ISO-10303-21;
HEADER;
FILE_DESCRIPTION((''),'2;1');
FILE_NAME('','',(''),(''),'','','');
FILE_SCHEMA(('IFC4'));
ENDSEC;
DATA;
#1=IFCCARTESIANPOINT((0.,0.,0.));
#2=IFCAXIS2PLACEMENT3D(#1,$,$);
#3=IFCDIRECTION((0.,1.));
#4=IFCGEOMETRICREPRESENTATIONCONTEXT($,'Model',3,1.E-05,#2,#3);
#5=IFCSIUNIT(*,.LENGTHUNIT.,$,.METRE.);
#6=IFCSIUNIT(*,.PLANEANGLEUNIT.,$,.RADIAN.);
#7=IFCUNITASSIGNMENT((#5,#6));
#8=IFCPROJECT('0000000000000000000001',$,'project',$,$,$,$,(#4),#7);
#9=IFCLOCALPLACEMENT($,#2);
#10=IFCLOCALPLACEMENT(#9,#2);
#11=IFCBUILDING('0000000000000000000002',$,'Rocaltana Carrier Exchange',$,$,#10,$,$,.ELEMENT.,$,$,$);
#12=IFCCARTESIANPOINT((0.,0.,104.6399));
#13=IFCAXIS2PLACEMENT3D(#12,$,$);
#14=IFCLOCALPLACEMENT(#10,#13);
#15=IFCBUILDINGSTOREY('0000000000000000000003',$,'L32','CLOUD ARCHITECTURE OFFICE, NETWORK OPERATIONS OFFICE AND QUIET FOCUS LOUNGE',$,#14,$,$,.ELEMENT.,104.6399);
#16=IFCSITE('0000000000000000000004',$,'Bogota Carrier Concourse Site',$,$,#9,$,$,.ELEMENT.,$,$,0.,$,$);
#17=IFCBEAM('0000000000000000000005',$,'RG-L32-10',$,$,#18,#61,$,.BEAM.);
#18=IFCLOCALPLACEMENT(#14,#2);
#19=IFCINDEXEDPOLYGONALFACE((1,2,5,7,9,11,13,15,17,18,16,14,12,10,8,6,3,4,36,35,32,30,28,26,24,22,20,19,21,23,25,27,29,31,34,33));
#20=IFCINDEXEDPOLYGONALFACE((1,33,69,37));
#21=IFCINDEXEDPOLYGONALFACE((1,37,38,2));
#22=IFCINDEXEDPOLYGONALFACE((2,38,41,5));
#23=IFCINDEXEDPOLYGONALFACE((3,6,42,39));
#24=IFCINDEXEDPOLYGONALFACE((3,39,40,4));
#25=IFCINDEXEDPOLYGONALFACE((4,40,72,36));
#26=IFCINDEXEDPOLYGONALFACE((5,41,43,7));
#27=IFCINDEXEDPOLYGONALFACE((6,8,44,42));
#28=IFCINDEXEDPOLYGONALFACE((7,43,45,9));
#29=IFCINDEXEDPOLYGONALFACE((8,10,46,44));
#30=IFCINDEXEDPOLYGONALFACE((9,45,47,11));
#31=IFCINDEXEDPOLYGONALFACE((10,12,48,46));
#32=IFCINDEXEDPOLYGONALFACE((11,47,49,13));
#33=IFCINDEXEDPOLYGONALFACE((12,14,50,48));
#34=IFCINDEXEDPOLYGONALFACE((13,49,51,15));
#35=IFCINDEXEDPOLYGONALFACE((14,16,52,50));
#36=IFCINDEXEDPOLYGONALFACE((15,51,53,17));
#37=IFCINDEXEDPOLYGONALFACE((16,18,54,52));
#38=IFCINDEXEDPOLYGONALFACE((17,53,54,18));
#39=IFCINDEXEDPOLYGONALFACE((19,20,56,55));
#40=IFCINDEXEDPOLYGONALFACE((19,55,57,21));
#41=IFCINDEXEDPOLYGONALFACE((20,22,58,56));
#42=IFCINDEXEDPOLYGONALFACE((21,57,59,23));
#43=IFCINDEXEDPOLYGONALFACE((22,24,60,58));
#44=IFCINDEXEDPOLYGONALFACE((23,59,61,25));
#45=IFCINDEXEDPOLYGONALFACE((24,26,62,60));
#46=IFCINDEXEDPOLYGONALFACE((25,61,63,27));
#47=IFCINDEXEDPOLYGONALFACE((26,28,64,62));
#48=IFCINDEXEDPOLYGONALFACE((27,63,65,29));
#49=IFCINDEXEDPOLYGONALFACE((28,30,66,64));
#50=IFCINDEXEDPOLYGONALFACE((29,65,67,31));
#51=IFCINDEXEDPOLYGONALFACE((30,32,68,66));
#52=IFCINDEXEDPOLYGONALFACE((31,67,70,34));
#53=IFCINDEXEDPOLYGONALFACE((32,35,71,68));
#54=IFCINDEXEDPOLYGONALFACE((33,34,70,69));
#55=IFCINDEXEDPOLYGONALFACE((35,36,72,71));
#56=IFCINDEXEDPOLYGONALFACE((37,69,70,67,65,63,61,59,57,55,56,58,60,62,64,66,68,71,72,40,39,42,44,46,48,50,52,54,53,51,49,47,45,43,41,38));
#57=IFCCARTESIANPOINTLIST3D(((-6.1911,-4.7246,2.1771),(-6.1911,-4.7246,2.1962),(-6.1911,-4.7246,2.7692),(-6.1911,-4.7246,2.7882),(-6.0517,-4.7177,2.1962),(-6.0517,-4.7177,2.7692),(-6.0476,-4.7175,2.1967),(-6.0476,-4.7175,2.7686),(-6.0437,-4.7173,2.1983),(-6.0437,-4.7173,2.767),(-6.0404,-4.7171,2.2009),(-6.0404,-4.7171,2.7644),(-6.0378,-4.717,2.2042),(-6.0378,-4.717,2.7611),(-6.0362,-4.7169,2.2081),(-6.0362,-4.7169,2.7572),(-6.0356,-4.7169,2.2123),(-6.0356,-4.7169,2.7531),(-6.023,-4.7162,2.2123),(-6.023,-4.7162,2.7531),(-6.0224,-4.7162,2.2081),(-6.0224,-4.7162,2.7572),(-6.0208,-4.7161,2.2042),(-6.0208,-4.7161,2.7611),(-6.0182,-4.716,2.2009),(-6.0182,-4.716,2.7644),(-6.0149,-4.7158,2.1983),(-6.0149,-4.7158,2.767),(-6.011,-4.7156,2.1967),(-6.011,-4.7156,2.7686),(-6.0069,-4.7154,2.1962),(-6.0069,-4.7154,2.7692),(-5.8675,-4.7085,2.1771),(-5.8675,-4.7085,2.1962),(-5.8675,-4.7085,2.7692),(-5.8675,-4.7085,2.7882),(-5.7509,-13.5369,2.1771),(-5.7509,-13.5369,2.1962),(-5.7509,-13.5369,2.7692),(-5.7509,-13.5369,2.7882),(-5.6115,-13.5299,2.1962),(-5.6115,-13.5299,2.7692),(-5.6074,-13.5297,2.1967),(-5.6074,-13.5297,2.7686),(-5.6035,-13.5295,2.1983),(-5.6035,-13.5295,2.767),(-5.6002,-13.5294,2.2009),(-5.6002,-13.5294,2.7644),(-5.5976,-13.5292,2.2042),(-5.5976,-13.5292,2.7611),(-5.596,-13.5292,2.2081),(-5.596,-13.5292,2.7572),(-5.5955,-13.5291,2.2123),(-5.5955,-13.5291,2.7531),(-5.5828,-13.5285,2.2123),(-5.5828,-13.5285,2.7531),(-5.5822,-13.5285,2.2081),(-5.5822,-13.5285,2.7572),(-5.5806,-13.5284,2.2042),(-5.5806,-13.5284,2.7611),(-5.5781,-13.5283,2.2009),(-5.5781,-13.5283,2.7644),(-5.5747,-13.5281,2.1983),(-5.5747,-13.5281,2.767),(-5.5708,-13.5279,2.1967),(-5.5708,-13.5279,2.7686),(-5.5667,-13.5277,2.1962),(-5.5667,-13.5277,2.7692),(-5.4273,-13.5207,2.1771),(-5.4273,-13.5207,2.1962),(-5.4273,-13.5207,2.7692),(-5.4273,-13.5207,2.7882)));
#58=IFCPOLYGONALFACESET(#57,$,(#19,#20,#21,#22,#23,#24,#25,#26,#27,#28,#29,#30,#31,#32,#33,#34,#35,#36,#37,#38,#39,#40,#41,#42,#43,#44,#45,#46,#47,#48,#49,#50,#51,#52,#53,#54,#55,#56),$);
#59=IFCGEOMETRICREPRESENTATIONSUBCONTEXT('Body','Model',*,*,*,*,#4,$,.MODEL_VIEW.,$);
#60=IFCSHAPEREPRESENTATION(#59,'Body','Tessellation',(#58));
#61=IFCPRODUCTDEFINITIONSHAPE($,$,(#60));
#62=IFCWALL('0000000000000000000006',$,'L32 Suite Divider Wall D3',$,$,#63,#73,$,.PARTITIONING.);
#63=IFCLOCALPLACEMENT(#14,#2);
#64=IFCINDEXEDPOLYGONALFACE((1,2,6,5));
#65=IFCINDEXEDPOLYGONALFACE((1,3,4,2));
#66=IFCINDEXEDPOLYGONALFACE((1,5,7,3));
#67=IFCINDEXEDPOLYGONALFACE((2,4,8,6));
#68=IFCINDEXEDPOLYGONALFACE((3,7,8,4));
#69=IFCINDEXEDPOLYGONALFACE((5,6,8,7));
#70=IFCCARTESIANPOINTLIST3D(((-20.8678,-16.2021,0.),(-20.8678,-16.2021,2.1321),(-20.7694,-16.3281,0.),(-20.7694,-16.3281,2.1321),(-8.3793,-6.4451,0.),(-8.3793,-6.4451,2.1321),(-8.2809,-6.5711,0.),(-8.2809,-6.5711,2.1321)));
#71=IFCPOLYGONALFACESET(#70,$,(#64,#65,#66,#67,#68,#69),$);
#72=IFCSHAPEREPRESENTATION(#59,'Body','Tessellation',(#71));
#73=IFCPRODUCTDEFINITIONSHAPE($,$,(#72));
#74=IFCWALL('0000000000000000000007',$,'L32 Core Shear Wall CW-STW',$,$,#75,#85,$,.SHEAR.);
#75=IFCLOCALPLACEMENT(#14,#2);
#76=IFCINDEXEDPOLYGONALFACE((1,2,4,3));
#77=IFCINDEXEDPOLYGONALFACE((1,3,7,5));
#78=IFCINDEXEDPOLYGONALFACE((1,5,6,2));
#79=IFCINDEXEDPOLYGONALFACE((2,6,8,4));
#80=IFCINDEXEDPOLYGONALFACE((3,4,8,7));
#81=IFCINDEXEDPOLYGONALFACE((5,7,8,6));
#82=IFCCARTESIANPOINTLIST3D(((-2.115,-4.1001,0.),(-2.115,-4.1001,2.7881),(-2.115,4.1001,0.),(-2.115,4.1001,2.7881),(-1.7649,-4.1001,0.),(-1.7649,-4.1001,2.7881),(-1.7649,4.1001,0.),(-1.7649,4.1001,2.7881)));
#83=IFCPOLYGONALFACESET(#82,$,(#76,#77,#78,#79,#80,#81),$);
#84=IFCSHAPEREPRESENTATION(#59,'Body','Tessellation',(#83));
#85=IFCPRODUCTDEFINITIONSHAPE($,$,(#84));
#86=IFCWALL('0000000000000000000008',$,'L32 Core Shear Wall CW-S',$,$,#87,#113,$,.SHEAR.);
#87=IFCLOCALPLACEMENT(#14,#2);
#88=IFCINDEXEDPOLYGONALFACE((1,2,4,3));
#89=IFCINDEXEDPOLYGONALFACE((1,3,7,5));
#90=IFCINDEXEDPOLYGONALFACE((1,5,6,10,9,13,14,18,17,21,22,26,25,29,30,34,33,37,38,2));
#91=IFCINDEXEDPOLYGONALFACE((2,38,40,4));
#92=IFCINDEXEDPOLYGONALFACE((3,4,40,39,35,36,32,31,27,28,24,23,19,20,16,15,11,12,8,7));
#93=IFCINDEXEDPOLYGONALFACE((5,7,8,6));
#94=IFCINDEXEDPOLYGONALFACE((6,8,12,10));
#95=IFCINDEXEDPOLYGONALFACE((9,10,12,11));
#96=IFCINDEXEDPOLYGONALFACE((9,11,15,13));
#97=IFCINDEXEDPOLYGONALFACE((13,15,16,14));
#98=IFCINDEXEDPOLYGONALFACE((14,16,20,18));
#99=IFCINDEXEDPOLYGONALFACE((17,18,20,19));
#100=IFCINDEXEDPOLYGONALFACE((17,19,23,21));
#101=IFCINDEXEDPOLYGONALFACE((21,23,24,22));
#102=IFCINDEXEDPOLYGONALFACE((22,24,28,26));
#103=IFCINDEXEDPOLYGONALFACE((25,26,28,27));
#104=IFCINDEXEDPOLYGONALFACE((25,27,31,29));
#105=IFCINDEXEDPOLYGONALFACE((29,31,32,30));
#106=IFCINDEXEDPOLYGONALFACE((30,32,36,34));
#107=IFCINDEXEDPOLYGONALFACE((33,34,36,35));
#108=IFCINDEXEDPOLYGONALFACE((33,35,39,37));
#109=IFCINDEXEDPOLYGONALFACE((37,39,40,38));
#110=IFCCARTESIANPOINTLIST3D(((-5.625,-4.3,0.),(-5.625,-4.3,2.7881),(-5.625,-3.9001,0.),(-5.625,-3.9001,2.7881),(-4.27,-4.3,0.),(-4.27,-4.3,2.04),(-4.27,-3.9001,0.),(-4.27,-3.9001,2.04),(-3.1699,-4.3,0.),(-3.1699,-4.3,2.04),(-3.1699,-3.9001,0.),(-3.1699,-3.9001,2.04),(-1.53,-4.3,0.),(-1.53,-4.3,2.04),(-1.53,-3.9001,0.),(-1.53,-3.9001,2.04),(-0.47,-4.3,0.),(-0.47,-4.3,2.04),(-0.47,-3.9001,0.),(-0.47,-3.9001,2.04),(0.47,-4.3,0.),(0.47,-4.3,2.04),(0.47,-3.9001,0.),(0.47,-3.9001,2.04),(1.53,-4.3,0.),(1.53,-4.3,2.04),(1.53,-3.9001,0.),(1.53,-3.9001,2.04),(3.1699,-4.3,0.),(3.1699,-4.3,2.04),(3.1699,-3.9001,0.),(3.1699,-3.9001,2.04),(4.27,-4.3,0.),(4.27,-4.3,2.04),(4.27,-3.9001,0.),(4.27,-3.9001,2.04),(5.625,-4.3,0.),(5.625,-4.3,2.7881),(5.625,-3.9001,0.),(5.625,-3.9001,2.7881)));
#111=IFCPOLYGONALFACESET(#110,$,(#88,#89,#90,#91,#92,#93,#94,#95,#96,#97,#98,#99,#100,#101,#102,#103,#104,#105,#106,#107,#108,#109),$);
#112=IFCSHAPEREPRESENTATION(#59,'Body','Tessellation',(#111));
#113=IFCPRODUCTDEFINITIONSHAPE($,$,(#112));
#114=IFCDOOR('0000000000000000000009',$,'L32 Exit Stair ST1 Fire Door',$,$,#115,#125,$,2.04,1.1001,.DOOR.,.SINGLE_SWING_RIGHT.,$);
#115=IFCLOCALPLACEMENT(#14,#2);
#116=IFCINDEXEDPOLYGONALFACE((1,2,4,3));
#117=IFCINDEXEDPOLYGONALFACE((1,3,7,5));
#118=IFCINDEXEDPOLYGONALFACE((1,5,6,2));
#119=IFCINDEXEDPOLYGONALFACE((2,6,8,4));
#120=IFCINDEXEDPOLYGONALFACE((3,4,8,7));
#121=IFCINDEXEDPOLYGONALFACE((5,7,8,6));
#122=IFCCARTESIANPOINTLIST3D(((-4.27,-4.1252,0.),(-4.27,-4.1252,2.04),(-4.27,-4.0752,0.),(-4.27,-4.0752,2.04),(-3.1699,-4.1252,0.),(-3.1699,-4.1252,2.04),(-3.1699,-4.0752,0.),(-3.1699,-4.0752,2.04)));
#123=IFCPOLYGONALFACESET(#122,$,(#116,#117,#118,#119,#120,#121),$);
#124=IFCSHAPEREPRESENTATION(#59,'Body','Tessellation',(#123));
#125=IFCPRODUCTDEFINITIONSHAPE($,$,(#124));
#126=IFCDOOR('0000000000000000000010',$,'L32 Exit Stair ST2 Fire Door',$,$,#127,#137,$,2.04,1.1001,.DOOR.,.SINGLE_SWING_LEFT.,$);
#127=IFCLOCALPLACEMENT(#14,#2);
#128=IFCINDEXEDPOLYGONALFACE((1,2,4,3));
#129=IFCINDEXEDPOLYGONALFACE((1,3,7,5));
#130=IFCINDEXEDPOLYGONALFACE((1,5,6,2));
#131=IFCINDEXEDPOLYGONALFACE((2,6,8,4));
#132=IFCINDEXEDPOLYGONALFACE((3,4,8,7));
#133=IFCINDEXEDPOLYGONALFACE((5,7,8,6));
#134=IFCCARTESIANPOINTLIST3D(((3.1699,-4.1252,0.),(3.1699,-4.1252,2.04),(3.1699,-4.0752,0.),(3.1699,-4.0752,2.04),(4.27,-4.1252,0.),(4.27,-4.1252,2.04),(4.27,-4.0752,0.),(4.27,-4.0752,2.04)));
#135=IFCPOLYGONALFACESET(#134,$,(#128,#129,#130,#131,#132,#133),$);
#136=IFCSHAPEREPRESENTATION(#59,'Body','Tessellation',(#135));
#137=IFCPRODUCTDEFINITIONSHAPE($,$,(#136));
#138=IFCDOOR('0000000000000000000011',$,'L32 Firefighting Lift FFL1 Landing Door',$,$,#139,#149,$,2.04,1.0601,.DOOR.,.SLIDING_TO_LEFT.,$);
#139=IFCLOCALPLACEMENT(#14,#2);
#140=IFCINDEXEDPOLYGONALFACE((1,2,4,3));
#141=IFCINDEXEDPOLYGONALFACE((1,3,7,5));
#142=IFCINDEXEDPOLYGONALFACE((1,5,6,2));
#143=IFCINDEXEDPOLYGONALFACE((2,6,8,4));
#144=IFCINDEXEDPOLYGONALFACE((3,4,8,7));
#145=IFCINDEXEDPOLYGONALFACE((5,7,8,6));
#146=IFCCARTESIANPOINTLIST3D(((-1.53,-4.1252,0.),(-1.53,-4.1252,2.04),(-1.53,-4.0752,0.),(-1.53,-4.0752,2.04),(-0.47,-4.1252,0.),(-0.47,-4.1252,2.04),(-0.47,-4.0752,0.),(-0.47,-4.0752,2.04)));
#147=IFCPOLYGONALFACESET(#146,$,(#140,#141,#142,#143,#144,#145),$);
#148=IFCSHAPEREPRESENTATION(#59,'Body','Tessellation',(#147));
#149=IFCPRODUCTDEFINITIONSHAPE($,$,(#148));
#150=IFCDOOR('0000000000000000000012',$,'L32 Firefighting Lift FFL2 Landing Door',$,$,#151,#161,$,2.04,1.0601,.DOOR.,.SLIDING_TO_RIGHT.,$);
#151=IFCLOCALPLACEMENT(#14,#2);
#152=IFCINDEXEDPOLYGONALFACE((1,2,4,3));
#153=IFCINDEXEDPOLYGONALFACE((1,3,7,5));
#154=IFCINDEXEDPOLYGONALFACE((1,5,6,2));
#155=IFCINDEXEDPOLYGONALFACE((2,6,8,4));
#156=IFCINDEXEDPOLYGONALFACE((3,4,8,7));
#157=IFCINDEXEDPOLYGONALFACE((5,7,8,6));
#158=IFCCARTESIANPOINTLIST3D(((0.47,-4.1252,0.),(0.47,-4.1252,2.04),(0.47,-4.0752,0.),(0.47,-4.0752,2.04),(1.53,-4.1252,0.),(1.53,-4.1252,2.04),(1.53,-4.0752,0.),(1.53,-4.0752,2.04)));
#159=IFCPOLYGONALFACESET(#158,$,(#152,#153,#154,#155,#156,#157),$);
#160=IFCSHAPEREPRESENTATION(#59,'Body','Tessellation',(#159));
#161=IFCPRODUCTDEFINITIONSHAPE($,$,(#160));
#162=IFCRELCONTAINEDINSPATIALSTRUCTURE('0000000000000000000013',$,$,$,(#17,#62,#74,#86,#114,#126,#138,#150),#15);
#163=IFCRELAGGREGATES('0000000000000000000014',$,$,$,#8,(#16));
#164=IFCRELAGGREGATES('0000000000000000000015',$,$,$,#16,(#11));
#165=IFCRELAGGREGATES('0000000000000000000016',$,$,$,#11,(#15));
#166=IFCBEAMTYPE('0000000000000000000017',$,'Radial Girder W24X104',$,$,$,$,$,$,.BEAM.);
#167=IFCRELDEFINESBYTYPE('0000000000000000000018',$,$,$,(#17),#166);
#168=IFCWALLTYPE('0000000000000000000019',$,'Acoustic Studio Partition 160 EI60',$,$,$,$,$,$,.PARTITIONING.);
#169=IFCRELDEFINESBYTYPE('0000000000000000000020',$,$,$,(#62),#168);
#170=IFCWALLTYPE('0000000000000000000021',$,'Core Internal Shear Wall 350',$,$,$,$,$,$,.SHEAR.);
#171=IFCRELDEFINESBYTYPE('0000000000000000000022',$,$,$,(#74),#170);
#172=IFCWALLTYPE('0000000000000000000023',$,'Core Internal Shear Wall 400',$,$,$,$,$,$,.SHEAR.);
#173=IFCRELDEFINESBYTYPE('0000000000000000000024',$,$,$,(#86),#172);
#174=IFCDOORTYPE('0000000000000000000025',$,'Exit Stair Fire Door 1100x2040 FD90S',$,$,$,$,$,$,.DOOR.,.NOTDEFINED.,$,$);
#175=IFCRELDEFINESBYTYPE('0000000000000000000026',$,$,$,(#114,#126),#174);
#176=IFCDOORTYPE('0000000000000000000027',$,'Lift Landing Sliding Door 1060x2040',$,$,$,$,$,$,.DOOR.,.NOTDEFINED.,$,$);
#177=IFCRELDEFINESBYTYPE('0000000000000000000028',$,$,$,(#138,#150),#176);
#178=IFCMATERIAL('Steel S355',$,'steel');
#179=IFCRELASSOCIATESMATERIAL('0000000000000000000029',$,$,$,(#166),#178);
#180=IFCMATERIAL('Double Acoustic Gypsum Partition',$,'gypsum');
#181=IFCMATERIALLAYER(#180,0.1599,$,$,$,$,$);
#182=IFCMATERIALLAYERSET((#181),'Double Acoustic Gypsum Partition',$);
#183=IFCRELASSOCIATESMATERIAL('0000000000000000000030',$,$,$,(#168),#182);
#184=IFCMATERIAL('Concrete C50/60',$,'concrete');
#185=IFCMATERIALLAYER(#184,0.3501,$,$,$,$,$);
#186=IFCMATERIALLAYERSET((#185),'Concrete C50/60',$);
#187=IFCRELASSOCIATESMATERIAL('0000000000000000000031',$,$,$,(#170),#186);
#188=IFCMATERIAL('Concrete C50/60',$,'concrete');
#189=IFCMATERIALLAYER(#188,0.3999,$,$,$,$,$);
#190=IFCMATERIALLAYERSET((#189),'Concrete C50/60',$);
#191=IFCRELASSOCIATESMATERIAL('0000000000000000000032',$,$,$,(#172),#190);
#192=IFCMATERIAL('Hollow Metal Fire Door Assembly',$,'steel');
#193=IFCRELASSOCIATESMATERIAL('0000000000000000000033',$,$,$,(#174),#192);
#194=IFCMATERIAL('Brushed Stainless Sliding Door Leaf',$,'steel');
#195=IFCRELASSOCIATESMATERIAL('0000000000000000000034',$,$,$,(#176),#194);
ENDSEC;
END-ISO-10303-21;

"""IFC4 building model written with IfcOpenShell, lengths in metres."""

from ifc_helpers import new_model, si_unit, direction, frame, frame_2d, origin, origin_2d, place, context, subcontext, project, spatial, rectangle, i_section, extrude, material, layer, layer_set, material_profile, profile_set, type_object, element, fill, save


model = new_model("IFC4")

# Units and contexts
model_context = context("Model", 3, precision=1e-05, world=origin(), true_north=direction((0.0, 1.0)))
body_context = subcontext(model_context, "Body", "Model", "MODEL_VIEW")
ifc_project = project(units=[si_unit("LENGTHUNIT", "METRE"), si_unit("PLANEANGLEUNIT", "RADIAN")], contexts=[model_context])

# Site, building, storey
site_placement = place(None, origin())
site = spatial("IfcSite", under=ifc_project, at=site_placement, Name="Bogota Carrier Concourse Site", CompositionType="ELEMENT", RefElevation=0.0)
building_placement = place(site_placement, origin())
building = spatial("IfcBuilding", under=site, at=building_placement, Name="Rocaltana Carrier Exchange", CompositionType="ELEMENT")
storey_placement = place(building_placement, frame((0.0, 0.0, 104.6399)))
storey = spatial("IfcBuildingStorey", under=building, at=storey_placement, Name="L32", Description="CLOUD ARCHITECTURE OFFICE, NETWORK OPERATIONS OFFICE AND QUIET FOCUS LOUNGE", CompositionType="ELEMENT", Elevation=104.6399)

# Beam
ifc_material_1 = material(Name="Steel S355", Category="steel")
ifc_material_profile_1 = material_profile(ifc_material_1, i_section(OverallWidth=0.324, OverallDepth=0.6111, WebThickness=0.0127, FlangeThickness=0.019, FilletRadius=0.0161, at=origin_2d()), Name="W24X104")
ifc_profile_set_1 = profile_set([ifc_material_profile_1], Name="Steel S355")
beam_type = type_object("IfcBeamType", Name="Radial Girder W24X104", PredefinedType="BEAM", material=ifc_profile_set_1)
beam_1_placement = place(storey_placement, frame((-6.0293, -4.7166, 2.4827), z_axis=(0.049889, -0.998755, 0.0), x_axis=(0.998755, 0.049889, 0.0)))
element("IfcBeam", 1, at=beam_1_placement, inside=storey, type_object=beam_type, Name="RG-L32-10", PredefinedType="BEAM", context=body_context, shape_type="SweptSolid", body=[
    extrude(i_section(OverallWidth=0.324, OverallDepth=0.6111, WebThickness=0.0127, FlangeThickness=0.019, FilletRadius=0.0161, at=origin_2d()), origin(), (0.0, 0.0, 1.0), 8.8232),
])

# Walls
ifc_material_2 = material(Name="Double Acoustic Gypsum Partition", Category="gypsum")
ifc_layer_1 = layer(ifc_material_2, 0.1599)
ifc_layer_set_1 = layer_set([ifc_layer_1], Name="Double Acoustic Gypsum Partition")
wall_type_1 = type_object("IfcWallType", Name="Acoustic Studio Partition 160 EI60", PredefinedType="PARTITIONING", material=ifc_layer_set_1)
wall_1_placement = place(storey_placement, frame((-8.3301, -6.5081, 0.0), z_axis=(0.0, 0.0, 1.0), x_axis=(-0.788012, -0.61566, 0.0)))
element("IfcWall", 2, at=wall_1_placement, inside=storey, type_object=wall_type_1, Name="L32 Suite Divider Wall D3", PredefinedType="PARTITIONING", context=body_context, shape_type="SweptSolid", body=[
    extrude(rectangle(XDim=15.8481, YDim=0.1599, at=frame_2d((7.9241, 0.0))), origin(), (0.0, 0.0, 1.0), 2.1321),
])
ifc_material_3 = material(Name="Concrete C50/60", Category="concrete")
ifc_layer_2 = layer(ifc_material_3, 0.3501)
ifc_layer_set_2 = layer_set([ifc_layer_2], Name="Concrete C50/60")
wall_type_2 = type_object("IfcWallType", Name="Core Internal Shear Wall 350", PredefinedType="SHEAR", material=ifc_layer_set_2)
wall_2_placement = place(storey_placement, frame((-1.9399, -4.1001, 0.0), z_axis=(0.0, 0.0, 1.0), x_axis=(0.0, 1.0, 0.0)))
element("IfcWall", 3, at=wall_2_placement, inside=storey, type_object=wall_type_2, Name="L32 Core Shear Wall CW-STW", PredefinedType="SHEAR", context=body_context, shape_type="SweptSolid", body=[
    extrude(rectangle(XDim=8.2002, YDim=0.3501, at=frame_2d((4.1001, 0.0))), origin(), (0.0, 0.0, 1.0), 2.7881),
])

# Wall, openings, doors
ifc_material_4 = material(Name="Concrete C50/60", Category="concrete")
ifc_layer_3 = layer(ifc_material_4, 0.3999)
ifc_layer_set_3 = layer_set([ifc_layer_3], Name="Concrete C50/60")
wall_type_3 = type_object("IfcWallType", Name="Core Internal Shear Wall 400", PredefinedType="SHEAR", material=ifc_layer_set_3)
wall_3_placement = place(storey_placement, frame((-5.625, -4.1001, 0.0), z_axis=(0.0, 0.0, 1.0), x_axis=(1.0, 0.0, 0.0)))
wall_3 = element("IfcWall", 4, at=wall_3_placement, inside=storey, type_object=wall_type_3, Name="L32 Core Shear Wall CW-S", PredefinedType="SHEAR", context=body_context, shape_type="SweptSolid", body=[
    extrude(rectangle(XDim=11.25, YDim=0.3999, at=frame_2d((5.625, 0.0))), origin(), (0.0, 0.0, 1.0), 2.7881),
])
opening_1_placement = place(wall_3_placement, frame((1.355, 0.0, 0.0)))
opening_1 = element("IfcOpeningElement", 5, at=opening_1_placement, cuts=wall_3, PredefinedType="OPENING", context=body_context, shape_type="SweptSolid", body=[
    extrude(rectangle(XDim=1.1001, YDim=2.04, at=frame_2d((0.55, 1.02))), frame((0.0, 0.21, 0.0), z_axis=(0.0, -1.0, 0.0), x_axis=(1.0, 0.0, 0.0)), (0.0, 0.0, 1.0), 0.4199),
])
opening_2_placement = place(wall_3_placement, frame((8.7949, 0.0, 0.0)))
opening_2 = element("IfcOpeningElement", 6, at=opening_2_placement, cuts=wall_3, PredefinedType="OPENING", context=body_context, shape_type="SweptSolid", body=[
    extrude(rectangle(XDim=1.1001, YDim=2.04, at=frame_2d((0.55, 1.02))), frame((0.0, 0.21, 0.0), z_axis=(0.0, -1.0, 0.0), x_axis=(1.0, 0.0, 0.0)), (0.0, 0.0, 1.0), 0.4199),
])
opening_3_placement = place(wall_3_placement, frame((4.095, 0.0, 0.0)))
opening_3 = element("IfcOpeningElement", 7, at=opening_3_placement, cuts=wall_3, PredefinedType="OPENING", context=body_context, shape_type="SweptSolid", body=[
    extrude(rectangle(XDim=1.0601, YDim=2.04, at=frame_2d((0.53, 1.02))), frame((0.0, 0.21, 0.0), z_axis=(0.0, -1.0, 0.0), x_axis=(1.0, 0.0, 0.0)), (0.0, 0.0, 1.0), 0.4199),
])
opening_4_placement = place(wall_3_placement, frame((6.095, 0.0, 0.0)))
opening_4 = element("IfcOpeningElement", 8, at=opening_4_placement, cuts=wall_3, PredefinedType="OPENING", context=body_context, shape_type="SweptSolid", body=[
    extrude(rectangle(XDim=1.0601, YDim=2.04, at=frame_2d((0.53, 1.02))), frame((0.0, 0.21, 0.0), z_axis=(0.0, -1.0, 0.0), x_axis=(1.0, 0.0, 0.0)), (0.0, 0.0, 1.0), 0.4199),
])
ifc_material_5 = material(Name="Hollow Metal Fire Door Assembly", Category="steel")
door_type_1 = type_object("IfcDoorType", Name="Exit Stair Fire Door 1100x2040 FD90S", OperationType="NOTDEFINED", PredefinedType="DOOR", material=ifc_material_5)
door_1_placement = place(opening_1_placement, origin())
door_1 = element("IfcDoor", 9, at=door_1_placement, inside=storey, type_object=door_type_1, Name="L32 Exit Stair ST1 Fire Door", OperationType="SINGLE_SWING_RIGHT", OverallHeight=2.04, OverallWidth=1.1001, PredefinedType="DOOR", context=body_context, shape_type="SweptSolid", body=[
    extrude(rectangle(XDim=1.1001, YDim=2.04, at=frame_2d((0.55, 1.02))), frame((0.0, 0.0249, 0.0), z_axis=(0.0, -1.0, 0.0), x_axis=(1.0, 0.0, 0.0)), (0.0, 0.0, 1.0), 0.05),
])
fill(opening_1, door_1)
door_2_placement = place(opening_2_placement, origin())
door_2 = element("IfcDoor", 10, at=door_2_placement, inside=storey, type_object=door_type_1, Name="L32 Exit Stair ST2 Fire Door", OperationType="SINGLE_SWING_LEFT", OverallHeight=2.04, OverallWidth=1.1001, PredefinedType="DOOR", context=body_context, shape_type="SweptSolid", body=[
    extrude(rectangle(XDim=1.1001, YDim=2.04, at=frame_2d((0.55, 1.02))), frame((0.0, 0.0249, 0.0), z_axis=(0.0, -1.0, 0.0), x_axis=(1.0, 0.0, 0.0)), (0.0, 0.0, 1.0), 0.05),
])
fill(opening_2, door_2)
ifc_material_6 = material(Name="Brushed Stainless Sliding Door Leaf", Category="steel")
door_type_2 = type_object("IfcDoorType", Name="Lift Landing Sliding Door 1060x2040", OperationType="NOTDEFINED", PredefinedType="DOOR", material=ifc_material_6)
door_3_placement = place(opening_3_placement, origin())
door_3 = element("IfcDoor", 11, at=door_3_placement, inside=storey, type_object=door_type_2, Name="L32 Firefighting Lift FFL1 Landing Door", OperationType="SLIDING_TO_LEFT", OverallHeight=2.04, OverallWidth=1.0601, PredefinedType="DOOR", context=body_context, shape_type="SweptSolid", body=[
    extrude(rectangle(XDim=1.0601, YDim=2.04, at=frame_2d((0.53, 1.02))), frame((0.0, 0.0249, 0.0), z_axis=(0.0, -1.0, 0.0), x_axis=(1.0, 0.0, 0.0)), (0.0, 0.0, 1.0), 0.05),
])
fill(opening_3, door_3)
door_4_placement = place(opening_4_placement, origin())
door_4 = element("IfcDoor", 12, at=door_4_placement, inside=storey, type_object=door_type_2, Name="L32 Firefighting Lift FFL2 Landing Door", OperationType="SLIDING_TO_RIGHT", OverallHeight=2.04, OverallWidth=1.0601, PredefinedType="DOOR", context=body_context, shape_type="SweptSolid", body=[
    extrude(rectangle(XDim=1.0601, YDim=2.04, at=frame_2d((0.53, 1.02))), frame((0.0, 0.0249, 0.0), z_axis=(0.0, -1.0, 0.0), x_axis=(1.0, 0.0, 0.0)), (0.0, 0.0, 1.0), 0.05),
])
fill(opening_4, door_4)

save(model, "model.ifc")
